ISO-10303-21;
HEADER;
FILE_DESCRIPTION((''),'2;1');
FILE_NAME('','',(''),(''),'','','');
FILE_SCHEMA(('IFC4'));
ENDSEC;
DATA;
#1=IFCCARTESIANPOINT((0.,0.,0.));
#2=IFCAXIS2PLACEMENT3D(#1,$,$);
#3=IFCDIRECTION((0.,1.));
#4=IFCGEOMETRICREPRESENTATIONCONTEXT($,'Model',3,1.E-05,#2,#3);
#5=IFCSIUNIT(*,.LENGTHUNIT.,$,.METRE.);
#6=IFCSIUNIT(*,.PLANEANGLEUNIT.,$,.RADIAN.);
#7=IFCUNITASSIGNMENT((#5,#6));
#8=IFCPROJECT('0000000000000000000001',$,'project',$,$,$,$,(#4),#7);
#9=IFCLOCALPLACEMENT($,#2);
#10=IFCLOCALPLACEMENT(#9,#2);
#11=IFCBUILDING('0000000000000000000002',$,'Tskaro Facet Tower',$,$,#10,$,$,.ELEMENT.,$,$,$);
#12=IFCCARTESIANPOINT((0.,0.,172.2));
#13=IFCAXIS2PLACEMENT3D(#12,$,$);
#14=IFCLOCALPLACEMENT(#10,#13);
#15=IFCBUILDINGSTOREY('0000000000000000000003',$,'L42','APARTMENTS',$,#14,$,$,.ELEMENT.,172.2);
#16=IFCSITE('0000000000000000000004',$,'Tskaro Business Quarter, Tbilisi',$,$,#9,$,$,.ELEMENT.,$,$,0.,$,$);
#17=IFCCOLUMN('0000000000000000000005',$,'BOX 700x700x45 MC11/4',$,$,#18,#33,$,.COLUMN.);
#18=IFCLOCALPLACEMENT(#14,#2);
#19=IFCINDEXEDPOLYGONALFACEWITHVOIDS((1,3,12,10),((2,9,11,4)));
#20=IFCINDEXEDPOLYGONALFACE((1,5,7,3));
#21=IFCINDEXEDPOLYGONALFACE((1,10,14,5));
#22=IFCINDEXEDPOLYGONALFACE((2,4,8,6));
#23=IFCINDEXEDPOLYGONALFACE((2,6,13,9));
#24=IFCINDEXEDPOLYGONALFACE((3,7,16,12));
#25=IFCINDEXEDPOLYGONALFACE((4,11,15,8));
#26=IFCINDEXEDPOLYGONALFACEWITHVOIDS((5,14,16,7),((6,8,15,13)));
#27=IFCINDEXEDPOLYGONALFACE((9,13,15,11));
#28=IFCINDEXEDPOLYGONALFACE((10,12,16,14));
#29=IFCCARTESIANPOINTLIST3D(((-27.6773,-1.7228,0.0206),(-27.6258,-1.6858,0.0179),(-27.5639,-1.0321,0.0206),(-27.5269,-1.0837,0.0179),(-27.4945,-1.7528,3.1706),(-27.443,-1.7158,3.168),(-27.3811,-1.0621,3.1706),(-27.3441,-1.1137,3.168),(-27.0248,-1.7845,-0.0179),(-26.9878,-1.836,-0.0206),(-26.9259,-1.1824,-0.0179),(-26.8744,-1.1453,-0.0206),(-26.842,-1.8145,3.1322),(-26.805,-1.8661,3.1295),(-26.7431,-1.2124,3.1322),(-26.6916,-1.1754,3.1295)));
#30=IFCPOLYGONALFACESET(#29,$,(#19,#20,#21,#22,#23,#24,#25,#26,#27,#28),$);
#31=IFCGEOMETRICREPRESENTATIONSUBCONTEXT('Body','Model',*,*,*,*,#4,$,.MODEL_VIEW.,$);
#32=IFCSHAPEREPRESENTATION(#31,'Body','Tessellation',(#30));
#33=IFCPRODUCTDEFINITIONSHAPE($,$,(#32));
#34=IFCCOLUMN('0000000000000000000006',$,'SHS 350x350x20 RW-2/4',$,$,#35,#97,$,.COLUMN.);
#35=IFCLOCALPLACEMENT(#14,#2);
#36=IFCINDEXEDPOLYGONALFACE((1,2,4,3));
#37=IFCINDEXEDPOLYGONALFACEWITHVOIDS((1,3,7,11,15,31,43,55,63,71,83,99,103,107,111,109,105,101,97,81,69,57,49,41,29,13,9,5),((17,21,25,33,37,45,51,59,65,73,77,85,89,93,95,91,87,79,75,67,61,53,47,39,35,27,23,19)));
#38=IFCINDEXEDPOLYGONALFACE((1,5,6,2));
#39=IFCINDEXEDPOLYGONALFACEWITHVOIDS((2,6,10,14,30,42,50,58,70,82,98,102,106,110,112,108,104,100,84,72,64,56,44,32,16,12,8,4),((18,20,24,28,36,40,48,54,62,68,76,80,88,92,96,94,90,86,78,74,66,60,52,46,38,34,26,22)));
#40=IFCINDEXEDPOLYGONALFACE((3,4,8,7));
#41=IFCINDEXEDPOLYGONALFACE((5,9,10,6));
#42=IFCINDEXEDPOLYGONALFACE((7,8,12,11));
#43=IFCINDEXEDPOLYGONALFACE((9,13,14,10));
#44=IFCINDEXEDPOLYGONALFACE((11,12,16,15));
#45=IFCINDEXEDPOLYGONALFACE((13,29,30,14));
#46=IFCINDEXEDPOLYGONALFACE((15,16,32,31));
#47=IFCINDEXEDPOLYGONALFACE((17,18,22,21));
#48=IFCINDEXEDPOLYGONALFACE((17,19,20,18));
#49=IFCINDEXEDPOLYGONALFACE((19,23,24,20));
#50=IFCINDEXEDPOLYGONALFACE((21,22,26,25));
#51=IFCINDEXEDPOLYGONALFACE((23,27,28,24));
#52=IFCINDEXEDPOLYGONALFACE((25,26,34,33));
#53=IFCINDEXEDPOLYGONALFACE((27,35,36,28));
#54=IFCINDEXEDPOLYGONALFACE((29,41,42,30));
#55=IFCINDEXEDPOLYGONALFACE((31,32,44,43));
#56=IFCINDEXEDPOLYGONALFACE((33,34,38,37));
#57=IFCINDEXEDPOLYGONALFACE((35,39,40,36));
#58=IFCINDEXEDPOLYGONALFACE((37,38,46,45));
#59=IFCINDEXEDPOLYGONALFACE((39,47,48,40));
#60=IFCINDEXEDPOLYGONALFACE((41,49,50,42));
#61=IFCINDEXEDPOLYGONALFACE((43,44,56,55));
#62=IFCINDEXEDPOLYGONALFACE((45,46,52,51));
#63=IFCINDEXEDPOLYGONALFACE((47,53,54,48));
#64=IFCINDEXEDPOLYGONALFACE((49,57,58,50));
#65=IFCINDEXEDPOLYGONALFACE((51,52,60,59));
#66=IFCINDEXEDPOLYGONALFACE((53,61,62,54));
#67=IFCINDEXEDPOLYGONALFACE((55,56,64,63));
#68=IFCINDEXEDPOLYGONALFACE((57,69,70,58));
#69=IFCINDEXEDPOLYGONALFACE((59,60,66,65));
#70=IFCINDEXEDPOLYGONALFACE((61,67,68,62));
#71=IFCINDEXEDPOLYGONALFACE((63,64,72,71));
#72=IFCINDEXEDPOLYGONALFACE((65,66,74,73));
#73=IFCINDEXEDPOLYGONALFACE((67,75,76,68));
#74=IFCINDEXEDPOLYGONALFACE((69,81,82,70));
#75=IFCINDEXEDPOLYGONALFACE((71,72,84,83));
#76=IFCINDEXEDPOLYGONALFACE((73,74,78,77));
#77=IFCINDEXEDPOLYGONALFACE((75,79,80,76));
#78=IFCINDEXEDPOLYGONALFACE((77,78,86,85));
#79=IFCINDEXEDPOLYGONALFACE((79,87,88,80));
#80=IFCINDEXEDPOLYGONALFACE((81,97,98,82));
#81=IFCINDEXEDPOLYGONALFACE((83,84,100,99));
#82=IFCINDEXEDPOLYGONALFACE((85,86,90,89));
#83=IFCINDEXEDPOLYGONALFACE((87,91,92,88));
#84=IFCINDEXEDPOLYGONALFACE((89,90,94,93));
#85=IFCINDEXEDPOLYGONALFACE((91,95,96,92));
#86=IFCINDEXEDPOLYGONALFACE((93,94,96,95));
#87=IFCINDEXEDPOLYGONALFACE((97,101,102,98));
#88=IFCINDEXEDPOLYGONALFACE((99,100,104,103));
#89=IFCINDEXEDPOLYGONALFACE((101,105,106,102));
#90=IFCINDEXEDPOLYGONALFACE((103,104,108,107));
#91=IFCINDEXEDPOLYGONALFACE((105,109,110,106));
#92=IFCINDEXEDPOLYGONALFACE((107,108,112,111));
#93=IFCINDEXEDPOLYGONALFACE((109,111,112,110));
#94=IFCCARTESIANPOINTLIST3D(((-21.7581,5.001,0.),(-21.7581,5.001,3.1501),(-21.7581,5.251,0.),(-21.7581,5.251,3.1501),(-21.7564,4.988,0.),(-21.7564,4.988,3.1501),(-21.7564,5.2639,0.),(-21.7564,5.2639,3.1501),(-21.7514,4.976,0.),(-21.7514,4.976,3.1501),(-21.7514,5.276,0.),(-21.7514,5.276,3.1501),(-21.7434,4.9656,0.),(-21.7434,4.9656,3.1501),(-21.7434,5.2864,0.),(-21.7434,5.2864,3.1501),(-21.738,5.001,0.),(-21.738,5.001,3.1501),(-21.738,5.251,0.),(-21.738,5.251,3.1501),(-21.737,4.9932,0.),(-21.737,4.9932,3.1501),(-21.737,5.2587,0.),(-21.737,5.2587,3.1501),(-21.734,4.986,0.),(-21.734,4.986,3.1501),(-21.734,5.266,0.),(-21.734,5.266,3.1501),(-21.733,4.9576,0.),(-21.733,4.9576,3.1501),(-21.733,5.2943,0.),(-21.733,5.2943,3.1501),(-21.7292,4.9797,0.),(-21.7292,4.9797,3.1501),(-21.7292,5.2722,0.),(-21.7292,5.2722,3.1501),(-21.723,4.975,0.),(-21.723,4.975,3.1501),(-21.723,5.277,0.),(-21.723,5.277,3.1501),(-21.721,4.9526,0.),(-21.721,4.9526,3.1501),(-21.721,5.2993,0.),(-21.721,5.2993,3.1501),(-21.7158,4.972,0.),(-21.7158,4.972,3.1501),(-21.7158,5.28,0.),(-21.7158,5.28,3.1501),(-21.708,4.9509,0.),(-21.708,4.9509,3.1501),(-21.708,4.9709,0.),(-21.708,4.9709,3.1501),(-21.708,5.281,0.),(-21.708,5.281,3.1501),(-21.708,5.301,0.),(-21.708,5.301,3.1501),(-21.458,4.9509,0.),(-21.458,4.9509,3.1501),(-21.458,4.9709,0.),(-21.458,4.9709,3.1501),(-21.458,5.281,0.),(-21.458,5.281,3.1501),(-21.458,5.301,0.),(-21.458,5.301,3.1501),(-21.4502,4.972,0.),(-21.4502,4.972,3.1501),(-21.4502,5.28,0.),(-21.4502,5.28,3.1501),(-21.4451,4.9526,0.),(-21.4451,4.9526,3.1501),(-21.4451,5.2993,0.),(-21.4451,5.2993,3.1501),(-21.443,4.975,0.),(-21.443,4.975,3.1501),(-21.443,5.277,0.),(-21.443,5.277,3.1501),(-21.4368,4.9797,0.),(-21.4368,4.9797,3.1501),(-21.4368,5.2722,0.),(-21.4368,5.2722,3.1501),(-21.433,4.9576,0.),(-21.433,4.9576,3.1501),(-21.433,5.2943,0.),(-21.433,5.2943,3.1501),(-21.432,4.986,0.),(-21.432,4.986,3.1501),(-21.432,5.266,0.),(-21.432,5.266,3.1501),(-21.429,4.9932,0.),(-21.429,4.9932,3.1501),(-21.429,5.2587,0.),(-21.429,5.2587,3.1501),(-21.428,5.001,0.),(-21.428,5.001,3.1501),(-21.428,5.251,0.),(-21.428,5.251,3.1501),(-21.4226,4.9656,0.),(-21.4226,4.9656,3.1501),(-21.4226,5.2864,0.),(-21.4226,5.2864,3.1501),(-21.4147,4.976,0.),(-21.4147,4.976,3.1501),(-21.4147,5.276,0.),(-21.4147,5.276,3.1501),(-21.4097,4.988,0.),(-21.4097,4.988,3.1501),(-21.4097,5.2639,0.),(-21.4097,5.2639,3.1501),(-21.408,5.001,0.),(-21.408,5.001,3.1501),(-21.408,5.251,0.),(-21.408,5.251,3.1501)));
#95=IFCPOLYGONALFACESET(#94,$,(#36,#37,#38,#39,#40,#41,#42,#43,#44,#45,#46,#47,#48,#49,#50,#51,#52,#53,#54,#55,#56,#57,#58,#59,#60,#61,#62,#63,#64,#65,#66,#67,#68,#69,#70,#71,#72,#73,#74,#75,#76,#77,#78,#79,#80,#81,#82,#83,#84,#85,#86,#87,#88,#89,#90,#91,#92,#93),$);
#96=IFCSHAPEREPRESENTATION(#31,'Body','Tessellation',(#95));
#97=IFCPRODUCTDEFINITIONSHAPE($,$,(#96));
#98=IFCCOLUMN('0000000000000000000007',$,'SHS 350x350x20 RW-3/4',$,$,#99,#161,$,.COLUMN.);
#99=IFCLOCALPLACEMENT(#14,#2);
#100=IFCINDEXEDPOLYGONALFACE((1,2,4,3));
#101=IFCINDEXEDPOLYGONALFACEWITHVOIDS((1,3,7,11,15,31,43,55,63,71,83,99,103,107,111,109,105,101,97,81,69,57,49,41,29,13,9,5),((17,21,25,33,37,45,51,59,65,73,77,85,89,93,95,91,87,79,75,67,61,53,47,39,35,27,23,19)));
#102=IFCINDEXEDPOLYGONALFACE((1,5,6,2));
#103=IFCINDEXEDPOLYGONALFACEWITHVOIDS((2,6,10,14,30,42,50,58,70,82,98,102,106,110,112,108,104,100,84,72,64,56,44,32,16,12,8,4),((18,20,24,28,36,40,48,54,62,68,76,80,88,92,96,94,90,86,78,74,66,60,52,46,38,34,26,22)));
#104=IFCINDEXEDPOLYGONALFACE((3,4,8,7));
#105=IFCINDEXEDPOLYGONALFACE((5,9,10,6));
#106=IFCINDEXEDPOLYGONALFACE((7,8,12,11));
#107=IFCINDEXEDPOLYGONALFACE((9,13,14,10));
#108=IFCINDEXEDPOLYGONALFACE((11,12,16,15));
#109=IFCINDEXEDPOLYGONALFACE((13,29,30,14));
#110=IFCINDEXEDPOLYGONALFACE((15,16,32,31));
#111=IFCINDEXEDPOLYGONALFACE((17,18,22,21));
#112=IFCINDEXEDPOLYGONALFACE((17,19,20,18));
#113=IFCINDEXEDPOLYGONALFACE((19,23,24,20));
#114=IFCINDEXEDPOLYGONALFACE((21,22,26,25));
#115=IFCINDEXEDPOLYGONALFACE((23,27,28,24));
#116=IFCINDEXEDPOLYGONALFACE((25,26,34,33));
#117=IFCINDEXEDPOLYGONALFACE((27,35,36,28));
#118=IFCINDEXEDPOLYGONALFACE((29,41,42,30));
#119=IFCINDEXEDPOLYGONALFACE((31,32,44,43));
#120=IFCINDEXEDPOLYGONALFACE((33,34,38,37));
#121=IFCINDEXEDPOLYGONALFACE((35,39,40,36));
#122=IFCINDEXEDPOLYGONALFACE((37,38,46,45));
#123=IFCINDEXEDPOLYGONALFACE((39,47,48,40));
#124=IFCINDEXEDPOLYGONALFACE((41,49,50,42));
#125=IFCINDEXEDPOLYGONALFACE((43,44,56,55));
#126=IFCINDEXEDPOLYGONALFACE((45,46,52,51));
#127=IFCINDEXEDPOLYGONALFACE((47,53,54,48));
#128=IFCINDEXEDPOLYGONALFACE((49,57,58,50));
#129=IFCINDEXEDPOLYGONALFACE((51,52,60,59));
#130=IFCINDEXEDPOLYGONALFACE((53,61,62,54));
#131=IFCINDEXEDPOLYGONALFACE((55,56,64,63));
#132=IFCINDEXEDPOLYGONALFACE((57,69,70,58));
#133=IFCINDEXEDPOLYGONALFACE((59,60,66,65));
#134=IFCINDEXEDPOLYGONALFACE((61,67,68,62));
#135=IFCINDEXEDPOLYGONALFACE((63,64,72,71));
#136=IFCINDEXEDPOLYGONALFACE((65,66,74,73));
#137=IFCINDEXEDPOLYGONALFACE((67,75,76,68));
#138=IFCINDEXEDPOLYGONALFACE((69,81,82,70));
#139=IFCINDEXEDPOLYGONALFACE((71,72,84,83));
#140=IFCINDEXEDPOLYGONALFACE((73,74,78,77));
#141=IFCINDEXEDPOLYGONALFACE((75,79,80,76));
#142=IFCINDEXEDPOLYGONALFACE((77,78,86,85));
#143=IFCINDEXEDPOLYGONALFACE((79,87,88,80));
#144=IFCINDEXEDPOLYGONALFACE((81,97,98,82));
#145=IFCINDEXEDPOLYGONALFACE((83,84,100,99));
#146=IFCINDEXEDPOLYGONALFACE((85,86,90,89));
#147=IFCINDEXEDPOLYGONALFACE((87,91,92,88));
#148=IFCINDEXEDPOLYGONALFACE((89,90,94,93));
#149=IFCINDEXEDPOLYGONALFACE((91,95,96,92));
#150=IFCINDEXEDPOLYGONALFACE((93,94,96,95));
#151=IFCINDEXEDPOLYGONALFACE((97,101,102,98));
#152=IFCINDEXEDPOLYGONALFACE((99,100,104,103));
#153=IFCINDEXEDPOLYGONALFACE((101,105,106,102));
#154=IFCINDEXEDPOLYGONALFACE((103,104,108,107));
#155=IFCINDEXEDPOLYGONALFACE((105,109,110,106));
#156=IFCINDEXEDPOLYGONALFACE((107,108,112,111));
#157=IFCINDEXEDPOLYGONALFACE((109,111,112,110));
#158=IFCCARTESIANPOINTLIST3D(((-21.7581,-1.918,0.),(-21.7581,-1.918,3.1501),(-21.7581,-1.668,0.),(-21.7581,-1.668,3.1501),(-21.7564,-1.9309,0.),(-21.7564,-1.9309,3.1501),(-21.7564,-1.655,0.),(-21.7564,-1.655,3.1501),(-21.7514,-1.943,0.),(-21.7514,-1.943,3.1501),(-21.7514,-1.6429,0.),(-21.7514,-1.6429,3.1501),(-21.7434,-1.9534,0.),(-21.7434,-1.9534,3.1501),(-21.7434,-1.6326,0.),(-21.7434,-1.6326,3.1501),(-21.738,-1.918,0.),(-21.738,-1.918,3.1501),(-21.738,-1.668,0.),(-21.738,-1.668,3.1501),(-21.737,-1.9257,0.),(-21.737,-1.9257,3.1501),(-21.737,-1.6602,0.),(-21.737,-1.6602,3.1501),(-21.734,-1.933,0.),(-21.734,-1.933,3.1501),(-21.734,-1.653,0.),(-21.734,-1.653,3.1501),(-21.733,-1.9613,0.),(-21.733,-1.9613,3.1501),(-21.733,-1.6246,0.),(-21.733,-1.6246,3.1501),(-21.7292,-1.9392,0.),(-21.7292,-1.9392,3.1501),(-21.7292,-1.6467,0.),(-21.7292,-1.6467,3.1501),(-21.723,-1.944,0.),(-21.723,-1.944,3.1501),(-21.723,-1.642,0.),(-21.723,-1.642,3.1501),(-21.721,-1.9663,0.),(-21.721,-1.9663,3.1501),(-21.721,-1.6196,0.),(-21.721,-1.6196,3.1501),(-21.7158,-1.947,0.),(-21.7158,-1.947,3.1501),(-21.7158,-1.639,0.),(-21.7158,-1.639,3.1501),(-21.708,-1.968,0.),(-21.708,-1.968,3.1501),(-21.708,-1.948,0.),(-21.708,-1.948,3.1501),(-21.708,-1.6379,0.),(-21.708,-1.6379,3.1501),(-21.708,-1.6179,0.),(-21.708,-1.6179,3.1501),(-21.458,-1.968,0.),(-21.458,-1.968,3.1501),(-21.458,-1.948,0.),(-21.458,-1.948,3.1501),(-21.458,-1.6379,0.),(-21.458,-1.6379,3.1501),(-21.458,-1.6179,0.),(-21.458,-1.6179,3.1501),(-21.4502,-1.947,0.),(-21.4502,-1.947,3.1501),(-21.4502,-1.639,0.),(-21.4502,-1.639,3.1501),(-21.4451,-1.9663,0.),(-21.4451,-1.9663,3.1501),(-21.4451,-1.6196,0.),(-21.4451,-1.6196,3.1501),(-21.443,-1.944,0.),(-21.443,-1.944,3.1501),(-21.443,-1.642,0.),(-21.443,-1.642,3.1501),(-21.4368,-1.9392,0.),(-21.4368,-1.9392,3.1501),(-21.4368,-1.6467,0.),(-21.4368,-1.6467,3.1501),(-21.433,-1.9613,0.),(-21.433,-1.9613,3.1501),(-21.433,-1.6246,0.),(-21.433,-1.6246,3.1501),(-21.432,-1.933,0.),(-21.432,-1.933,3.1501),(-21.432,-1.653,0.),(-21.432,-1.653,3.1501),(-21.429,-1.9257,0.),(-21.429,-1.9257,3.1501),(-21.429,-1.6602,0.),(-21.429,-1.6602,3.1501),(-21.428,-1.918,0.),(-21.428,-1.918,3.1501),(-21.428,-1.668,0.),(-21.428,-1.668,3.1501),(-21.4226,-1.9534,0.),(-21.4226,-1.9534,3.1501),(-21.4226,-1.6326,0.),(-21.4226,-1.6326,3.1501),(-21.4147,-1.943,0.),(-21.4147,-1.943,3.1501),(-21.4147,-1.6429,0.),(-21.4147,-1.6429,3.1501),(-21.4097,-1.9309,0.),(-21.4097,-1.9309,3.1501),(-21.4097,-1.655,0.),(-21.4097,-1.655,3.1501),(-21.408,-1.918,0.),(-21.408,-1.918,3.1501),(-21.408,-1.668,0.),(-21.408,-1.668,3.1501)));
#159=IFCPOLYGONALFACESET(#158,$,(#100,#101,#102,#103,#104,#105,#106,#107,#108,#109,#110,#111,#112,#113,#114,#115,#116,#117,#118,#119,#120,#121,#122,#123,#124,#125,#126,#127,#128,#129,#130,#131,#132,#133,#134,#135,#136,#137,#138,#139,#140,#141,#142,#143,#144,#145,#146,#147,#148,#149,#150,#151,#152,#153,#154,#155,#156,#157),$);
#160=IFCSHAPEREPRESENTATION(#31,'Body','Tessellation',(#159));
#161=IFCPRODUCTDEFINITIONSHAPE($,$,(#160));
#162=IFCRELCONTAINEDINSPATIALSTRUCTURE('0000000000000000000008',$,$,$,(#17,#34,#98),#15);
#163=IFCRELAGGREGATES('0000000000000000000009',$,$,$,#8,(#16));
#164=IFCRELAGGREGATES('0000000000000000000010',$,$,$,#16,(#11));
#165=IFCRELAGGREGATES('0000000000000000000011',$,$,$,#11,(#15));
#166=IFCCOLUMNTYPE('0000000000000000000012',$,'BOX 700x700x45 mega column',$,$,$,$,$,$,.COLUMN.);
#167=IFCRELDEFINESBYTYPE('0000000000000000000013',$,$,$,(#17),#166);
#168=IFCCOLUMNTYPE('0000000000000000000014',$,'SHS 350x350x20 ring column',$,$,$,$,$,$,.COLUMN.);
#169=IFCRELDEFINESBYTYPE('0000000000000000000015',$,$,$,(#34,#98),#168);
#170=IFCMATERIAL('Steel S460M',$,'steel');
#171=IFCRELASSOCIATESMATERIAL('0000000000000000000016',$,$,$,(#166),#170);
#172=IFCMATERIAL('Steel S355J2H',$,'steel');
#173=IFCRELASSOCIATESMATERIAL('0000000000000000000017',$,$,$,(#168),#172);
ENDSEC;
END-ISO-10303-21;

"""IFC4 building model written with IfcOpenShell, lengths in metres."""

from ifc_helpers import new_model, si_unit, direction, frame, origin, origin_2d, place, context, subcontext, project, spatial, hollow_rectangle, extrude, material, material_profile, profile_set, type_object, element, save


model = new_model("IFC4")

# Units and contexts
model_context = context("Model", 3, precision=1e-05, world=origin(), true_north=direction((0.0, 1.0)))
body_context = subcontext(model_context, "Body", "Model", "MODEL_VIEW")
ifc_project = project(units=[si_unit("LENGTHUNIT", "METRE"), si_unit("PLANEANGLEUNIT", "RADIAN")], contexts=[model_context])

# Site, building, storey
site_placement = place(None, origin())
site = spatial("IfcSite", under=ifc_project, at=site_placement, Name="Tskaro Business Quarter, Tbilisi", CompositionType="ELEMENT", RefElevation=0.0)
building_placement = place(site_placement, origin())
building = spatial("IfcBuilding", under=site, at=building_placement, Name="Tskaro Facet Tower", CompositionType="ELEMENT")
storey_placement = place(building_placement, frame((0.0, 0.0, 172.2)))
storey = spatial("IfcBuildingStorey", under=building, at=storey_placement, Name="L42", Description="APARTMENTS", CompositionType="ELEMENT", Elevation=172.2)

# Columns
ifc_material_1 = material(Name="Steel S460M", Category="steel")
ifc_material_profile_1 = material_profile(ifc_material_1, hollow_rectangle(XDim=0.7, YDim=0.7, WallThickness=0.0449, at=origin_2d()), Name="BOX 700x700x45")
ifc_profile_set_1 = profile_set([ifc_material_profile_1], Name="Steel S460M")
column_type_1 = type_object("IfcColumnType", Name="BOX 700x700x45 mega column", PredefinedType="COLUMN", material=ifc_profile_set_1)
column_placement = place(storey_placement, frame((-27.2759, -1.4341, 0.0), z_axis=(0.057948, -0.009516, 0.998274), x_axis=(0.162048, 0.986783, 0.0)))
element("IfcColumn", 1, at=column_placement, inside=storey, type_object=column_type_1, Name="BOX 700x700x45 MC11/4", PredefinedType="COLUMN", context=body_context, shape_type="SweptSolid", body=[
    extrude(hollow_rectangle(XDim=0.7, YDim=0.7, WallThickness=0.0449, at=origin_2d()), origin(), (0.0, 0.0, 1.0), 3.1555),
])
ifc_material_2 = material(Name="Steel S355J2H", Category="steel")
ifc_material_profile_2 = material_profile(ifc_material_2, hollow_rectangle(XDim=0.3501, YDim=0.3501, WallThickness=0.02, InnerFilletRadius=0.03, OuterFilletRadius=0.05, at=origin_2d()), Name="SHS 350x350x20")
ifc_profile_set_2 = profile_set([ifc_material_profile_2], Name="Steel S355J2H")
column_type_2 = type_object("IfcColumnType", Name="SHS 350x350x20 ring column", PredefinedType="COLUMN", material=ifc_profile_set_2)
for number, where, z_axis, x_axis, name in (
    (2, (-21.583, 5.126, 0.0), (0.0, 0.0, 1.0), (1.0, 0.0, 0.0), "SHS 350x350x20 RW-2/4"),
    (3, (-21.583, -1.793, 0.0), (0.0, 0.0, 1.0), (1.0, 0.0, 0.0), "SHS 350x350x20 RW-3/4"),
):
    element("IfcColumn", number, at=place(storey_placement, frame(where, z_axis=z_axis, x_axis=x_axis)), inside=storey, type_object=column_type_2, Name=name, PredefinedType="COLUMN", context=body_context, shape_type="SweptSolid", body=[
        extrude(hollow_rectangle(XDim=0.3501, YDim=0.3501, WallThickness=0.02, InnerFilletRadius=0.03, OuterFilletRadius=0.05, at=origin_2d()), origin(), (0.0, 0.0, 1.0), 3.1501),
    ])

save(model, "model.ifc")
